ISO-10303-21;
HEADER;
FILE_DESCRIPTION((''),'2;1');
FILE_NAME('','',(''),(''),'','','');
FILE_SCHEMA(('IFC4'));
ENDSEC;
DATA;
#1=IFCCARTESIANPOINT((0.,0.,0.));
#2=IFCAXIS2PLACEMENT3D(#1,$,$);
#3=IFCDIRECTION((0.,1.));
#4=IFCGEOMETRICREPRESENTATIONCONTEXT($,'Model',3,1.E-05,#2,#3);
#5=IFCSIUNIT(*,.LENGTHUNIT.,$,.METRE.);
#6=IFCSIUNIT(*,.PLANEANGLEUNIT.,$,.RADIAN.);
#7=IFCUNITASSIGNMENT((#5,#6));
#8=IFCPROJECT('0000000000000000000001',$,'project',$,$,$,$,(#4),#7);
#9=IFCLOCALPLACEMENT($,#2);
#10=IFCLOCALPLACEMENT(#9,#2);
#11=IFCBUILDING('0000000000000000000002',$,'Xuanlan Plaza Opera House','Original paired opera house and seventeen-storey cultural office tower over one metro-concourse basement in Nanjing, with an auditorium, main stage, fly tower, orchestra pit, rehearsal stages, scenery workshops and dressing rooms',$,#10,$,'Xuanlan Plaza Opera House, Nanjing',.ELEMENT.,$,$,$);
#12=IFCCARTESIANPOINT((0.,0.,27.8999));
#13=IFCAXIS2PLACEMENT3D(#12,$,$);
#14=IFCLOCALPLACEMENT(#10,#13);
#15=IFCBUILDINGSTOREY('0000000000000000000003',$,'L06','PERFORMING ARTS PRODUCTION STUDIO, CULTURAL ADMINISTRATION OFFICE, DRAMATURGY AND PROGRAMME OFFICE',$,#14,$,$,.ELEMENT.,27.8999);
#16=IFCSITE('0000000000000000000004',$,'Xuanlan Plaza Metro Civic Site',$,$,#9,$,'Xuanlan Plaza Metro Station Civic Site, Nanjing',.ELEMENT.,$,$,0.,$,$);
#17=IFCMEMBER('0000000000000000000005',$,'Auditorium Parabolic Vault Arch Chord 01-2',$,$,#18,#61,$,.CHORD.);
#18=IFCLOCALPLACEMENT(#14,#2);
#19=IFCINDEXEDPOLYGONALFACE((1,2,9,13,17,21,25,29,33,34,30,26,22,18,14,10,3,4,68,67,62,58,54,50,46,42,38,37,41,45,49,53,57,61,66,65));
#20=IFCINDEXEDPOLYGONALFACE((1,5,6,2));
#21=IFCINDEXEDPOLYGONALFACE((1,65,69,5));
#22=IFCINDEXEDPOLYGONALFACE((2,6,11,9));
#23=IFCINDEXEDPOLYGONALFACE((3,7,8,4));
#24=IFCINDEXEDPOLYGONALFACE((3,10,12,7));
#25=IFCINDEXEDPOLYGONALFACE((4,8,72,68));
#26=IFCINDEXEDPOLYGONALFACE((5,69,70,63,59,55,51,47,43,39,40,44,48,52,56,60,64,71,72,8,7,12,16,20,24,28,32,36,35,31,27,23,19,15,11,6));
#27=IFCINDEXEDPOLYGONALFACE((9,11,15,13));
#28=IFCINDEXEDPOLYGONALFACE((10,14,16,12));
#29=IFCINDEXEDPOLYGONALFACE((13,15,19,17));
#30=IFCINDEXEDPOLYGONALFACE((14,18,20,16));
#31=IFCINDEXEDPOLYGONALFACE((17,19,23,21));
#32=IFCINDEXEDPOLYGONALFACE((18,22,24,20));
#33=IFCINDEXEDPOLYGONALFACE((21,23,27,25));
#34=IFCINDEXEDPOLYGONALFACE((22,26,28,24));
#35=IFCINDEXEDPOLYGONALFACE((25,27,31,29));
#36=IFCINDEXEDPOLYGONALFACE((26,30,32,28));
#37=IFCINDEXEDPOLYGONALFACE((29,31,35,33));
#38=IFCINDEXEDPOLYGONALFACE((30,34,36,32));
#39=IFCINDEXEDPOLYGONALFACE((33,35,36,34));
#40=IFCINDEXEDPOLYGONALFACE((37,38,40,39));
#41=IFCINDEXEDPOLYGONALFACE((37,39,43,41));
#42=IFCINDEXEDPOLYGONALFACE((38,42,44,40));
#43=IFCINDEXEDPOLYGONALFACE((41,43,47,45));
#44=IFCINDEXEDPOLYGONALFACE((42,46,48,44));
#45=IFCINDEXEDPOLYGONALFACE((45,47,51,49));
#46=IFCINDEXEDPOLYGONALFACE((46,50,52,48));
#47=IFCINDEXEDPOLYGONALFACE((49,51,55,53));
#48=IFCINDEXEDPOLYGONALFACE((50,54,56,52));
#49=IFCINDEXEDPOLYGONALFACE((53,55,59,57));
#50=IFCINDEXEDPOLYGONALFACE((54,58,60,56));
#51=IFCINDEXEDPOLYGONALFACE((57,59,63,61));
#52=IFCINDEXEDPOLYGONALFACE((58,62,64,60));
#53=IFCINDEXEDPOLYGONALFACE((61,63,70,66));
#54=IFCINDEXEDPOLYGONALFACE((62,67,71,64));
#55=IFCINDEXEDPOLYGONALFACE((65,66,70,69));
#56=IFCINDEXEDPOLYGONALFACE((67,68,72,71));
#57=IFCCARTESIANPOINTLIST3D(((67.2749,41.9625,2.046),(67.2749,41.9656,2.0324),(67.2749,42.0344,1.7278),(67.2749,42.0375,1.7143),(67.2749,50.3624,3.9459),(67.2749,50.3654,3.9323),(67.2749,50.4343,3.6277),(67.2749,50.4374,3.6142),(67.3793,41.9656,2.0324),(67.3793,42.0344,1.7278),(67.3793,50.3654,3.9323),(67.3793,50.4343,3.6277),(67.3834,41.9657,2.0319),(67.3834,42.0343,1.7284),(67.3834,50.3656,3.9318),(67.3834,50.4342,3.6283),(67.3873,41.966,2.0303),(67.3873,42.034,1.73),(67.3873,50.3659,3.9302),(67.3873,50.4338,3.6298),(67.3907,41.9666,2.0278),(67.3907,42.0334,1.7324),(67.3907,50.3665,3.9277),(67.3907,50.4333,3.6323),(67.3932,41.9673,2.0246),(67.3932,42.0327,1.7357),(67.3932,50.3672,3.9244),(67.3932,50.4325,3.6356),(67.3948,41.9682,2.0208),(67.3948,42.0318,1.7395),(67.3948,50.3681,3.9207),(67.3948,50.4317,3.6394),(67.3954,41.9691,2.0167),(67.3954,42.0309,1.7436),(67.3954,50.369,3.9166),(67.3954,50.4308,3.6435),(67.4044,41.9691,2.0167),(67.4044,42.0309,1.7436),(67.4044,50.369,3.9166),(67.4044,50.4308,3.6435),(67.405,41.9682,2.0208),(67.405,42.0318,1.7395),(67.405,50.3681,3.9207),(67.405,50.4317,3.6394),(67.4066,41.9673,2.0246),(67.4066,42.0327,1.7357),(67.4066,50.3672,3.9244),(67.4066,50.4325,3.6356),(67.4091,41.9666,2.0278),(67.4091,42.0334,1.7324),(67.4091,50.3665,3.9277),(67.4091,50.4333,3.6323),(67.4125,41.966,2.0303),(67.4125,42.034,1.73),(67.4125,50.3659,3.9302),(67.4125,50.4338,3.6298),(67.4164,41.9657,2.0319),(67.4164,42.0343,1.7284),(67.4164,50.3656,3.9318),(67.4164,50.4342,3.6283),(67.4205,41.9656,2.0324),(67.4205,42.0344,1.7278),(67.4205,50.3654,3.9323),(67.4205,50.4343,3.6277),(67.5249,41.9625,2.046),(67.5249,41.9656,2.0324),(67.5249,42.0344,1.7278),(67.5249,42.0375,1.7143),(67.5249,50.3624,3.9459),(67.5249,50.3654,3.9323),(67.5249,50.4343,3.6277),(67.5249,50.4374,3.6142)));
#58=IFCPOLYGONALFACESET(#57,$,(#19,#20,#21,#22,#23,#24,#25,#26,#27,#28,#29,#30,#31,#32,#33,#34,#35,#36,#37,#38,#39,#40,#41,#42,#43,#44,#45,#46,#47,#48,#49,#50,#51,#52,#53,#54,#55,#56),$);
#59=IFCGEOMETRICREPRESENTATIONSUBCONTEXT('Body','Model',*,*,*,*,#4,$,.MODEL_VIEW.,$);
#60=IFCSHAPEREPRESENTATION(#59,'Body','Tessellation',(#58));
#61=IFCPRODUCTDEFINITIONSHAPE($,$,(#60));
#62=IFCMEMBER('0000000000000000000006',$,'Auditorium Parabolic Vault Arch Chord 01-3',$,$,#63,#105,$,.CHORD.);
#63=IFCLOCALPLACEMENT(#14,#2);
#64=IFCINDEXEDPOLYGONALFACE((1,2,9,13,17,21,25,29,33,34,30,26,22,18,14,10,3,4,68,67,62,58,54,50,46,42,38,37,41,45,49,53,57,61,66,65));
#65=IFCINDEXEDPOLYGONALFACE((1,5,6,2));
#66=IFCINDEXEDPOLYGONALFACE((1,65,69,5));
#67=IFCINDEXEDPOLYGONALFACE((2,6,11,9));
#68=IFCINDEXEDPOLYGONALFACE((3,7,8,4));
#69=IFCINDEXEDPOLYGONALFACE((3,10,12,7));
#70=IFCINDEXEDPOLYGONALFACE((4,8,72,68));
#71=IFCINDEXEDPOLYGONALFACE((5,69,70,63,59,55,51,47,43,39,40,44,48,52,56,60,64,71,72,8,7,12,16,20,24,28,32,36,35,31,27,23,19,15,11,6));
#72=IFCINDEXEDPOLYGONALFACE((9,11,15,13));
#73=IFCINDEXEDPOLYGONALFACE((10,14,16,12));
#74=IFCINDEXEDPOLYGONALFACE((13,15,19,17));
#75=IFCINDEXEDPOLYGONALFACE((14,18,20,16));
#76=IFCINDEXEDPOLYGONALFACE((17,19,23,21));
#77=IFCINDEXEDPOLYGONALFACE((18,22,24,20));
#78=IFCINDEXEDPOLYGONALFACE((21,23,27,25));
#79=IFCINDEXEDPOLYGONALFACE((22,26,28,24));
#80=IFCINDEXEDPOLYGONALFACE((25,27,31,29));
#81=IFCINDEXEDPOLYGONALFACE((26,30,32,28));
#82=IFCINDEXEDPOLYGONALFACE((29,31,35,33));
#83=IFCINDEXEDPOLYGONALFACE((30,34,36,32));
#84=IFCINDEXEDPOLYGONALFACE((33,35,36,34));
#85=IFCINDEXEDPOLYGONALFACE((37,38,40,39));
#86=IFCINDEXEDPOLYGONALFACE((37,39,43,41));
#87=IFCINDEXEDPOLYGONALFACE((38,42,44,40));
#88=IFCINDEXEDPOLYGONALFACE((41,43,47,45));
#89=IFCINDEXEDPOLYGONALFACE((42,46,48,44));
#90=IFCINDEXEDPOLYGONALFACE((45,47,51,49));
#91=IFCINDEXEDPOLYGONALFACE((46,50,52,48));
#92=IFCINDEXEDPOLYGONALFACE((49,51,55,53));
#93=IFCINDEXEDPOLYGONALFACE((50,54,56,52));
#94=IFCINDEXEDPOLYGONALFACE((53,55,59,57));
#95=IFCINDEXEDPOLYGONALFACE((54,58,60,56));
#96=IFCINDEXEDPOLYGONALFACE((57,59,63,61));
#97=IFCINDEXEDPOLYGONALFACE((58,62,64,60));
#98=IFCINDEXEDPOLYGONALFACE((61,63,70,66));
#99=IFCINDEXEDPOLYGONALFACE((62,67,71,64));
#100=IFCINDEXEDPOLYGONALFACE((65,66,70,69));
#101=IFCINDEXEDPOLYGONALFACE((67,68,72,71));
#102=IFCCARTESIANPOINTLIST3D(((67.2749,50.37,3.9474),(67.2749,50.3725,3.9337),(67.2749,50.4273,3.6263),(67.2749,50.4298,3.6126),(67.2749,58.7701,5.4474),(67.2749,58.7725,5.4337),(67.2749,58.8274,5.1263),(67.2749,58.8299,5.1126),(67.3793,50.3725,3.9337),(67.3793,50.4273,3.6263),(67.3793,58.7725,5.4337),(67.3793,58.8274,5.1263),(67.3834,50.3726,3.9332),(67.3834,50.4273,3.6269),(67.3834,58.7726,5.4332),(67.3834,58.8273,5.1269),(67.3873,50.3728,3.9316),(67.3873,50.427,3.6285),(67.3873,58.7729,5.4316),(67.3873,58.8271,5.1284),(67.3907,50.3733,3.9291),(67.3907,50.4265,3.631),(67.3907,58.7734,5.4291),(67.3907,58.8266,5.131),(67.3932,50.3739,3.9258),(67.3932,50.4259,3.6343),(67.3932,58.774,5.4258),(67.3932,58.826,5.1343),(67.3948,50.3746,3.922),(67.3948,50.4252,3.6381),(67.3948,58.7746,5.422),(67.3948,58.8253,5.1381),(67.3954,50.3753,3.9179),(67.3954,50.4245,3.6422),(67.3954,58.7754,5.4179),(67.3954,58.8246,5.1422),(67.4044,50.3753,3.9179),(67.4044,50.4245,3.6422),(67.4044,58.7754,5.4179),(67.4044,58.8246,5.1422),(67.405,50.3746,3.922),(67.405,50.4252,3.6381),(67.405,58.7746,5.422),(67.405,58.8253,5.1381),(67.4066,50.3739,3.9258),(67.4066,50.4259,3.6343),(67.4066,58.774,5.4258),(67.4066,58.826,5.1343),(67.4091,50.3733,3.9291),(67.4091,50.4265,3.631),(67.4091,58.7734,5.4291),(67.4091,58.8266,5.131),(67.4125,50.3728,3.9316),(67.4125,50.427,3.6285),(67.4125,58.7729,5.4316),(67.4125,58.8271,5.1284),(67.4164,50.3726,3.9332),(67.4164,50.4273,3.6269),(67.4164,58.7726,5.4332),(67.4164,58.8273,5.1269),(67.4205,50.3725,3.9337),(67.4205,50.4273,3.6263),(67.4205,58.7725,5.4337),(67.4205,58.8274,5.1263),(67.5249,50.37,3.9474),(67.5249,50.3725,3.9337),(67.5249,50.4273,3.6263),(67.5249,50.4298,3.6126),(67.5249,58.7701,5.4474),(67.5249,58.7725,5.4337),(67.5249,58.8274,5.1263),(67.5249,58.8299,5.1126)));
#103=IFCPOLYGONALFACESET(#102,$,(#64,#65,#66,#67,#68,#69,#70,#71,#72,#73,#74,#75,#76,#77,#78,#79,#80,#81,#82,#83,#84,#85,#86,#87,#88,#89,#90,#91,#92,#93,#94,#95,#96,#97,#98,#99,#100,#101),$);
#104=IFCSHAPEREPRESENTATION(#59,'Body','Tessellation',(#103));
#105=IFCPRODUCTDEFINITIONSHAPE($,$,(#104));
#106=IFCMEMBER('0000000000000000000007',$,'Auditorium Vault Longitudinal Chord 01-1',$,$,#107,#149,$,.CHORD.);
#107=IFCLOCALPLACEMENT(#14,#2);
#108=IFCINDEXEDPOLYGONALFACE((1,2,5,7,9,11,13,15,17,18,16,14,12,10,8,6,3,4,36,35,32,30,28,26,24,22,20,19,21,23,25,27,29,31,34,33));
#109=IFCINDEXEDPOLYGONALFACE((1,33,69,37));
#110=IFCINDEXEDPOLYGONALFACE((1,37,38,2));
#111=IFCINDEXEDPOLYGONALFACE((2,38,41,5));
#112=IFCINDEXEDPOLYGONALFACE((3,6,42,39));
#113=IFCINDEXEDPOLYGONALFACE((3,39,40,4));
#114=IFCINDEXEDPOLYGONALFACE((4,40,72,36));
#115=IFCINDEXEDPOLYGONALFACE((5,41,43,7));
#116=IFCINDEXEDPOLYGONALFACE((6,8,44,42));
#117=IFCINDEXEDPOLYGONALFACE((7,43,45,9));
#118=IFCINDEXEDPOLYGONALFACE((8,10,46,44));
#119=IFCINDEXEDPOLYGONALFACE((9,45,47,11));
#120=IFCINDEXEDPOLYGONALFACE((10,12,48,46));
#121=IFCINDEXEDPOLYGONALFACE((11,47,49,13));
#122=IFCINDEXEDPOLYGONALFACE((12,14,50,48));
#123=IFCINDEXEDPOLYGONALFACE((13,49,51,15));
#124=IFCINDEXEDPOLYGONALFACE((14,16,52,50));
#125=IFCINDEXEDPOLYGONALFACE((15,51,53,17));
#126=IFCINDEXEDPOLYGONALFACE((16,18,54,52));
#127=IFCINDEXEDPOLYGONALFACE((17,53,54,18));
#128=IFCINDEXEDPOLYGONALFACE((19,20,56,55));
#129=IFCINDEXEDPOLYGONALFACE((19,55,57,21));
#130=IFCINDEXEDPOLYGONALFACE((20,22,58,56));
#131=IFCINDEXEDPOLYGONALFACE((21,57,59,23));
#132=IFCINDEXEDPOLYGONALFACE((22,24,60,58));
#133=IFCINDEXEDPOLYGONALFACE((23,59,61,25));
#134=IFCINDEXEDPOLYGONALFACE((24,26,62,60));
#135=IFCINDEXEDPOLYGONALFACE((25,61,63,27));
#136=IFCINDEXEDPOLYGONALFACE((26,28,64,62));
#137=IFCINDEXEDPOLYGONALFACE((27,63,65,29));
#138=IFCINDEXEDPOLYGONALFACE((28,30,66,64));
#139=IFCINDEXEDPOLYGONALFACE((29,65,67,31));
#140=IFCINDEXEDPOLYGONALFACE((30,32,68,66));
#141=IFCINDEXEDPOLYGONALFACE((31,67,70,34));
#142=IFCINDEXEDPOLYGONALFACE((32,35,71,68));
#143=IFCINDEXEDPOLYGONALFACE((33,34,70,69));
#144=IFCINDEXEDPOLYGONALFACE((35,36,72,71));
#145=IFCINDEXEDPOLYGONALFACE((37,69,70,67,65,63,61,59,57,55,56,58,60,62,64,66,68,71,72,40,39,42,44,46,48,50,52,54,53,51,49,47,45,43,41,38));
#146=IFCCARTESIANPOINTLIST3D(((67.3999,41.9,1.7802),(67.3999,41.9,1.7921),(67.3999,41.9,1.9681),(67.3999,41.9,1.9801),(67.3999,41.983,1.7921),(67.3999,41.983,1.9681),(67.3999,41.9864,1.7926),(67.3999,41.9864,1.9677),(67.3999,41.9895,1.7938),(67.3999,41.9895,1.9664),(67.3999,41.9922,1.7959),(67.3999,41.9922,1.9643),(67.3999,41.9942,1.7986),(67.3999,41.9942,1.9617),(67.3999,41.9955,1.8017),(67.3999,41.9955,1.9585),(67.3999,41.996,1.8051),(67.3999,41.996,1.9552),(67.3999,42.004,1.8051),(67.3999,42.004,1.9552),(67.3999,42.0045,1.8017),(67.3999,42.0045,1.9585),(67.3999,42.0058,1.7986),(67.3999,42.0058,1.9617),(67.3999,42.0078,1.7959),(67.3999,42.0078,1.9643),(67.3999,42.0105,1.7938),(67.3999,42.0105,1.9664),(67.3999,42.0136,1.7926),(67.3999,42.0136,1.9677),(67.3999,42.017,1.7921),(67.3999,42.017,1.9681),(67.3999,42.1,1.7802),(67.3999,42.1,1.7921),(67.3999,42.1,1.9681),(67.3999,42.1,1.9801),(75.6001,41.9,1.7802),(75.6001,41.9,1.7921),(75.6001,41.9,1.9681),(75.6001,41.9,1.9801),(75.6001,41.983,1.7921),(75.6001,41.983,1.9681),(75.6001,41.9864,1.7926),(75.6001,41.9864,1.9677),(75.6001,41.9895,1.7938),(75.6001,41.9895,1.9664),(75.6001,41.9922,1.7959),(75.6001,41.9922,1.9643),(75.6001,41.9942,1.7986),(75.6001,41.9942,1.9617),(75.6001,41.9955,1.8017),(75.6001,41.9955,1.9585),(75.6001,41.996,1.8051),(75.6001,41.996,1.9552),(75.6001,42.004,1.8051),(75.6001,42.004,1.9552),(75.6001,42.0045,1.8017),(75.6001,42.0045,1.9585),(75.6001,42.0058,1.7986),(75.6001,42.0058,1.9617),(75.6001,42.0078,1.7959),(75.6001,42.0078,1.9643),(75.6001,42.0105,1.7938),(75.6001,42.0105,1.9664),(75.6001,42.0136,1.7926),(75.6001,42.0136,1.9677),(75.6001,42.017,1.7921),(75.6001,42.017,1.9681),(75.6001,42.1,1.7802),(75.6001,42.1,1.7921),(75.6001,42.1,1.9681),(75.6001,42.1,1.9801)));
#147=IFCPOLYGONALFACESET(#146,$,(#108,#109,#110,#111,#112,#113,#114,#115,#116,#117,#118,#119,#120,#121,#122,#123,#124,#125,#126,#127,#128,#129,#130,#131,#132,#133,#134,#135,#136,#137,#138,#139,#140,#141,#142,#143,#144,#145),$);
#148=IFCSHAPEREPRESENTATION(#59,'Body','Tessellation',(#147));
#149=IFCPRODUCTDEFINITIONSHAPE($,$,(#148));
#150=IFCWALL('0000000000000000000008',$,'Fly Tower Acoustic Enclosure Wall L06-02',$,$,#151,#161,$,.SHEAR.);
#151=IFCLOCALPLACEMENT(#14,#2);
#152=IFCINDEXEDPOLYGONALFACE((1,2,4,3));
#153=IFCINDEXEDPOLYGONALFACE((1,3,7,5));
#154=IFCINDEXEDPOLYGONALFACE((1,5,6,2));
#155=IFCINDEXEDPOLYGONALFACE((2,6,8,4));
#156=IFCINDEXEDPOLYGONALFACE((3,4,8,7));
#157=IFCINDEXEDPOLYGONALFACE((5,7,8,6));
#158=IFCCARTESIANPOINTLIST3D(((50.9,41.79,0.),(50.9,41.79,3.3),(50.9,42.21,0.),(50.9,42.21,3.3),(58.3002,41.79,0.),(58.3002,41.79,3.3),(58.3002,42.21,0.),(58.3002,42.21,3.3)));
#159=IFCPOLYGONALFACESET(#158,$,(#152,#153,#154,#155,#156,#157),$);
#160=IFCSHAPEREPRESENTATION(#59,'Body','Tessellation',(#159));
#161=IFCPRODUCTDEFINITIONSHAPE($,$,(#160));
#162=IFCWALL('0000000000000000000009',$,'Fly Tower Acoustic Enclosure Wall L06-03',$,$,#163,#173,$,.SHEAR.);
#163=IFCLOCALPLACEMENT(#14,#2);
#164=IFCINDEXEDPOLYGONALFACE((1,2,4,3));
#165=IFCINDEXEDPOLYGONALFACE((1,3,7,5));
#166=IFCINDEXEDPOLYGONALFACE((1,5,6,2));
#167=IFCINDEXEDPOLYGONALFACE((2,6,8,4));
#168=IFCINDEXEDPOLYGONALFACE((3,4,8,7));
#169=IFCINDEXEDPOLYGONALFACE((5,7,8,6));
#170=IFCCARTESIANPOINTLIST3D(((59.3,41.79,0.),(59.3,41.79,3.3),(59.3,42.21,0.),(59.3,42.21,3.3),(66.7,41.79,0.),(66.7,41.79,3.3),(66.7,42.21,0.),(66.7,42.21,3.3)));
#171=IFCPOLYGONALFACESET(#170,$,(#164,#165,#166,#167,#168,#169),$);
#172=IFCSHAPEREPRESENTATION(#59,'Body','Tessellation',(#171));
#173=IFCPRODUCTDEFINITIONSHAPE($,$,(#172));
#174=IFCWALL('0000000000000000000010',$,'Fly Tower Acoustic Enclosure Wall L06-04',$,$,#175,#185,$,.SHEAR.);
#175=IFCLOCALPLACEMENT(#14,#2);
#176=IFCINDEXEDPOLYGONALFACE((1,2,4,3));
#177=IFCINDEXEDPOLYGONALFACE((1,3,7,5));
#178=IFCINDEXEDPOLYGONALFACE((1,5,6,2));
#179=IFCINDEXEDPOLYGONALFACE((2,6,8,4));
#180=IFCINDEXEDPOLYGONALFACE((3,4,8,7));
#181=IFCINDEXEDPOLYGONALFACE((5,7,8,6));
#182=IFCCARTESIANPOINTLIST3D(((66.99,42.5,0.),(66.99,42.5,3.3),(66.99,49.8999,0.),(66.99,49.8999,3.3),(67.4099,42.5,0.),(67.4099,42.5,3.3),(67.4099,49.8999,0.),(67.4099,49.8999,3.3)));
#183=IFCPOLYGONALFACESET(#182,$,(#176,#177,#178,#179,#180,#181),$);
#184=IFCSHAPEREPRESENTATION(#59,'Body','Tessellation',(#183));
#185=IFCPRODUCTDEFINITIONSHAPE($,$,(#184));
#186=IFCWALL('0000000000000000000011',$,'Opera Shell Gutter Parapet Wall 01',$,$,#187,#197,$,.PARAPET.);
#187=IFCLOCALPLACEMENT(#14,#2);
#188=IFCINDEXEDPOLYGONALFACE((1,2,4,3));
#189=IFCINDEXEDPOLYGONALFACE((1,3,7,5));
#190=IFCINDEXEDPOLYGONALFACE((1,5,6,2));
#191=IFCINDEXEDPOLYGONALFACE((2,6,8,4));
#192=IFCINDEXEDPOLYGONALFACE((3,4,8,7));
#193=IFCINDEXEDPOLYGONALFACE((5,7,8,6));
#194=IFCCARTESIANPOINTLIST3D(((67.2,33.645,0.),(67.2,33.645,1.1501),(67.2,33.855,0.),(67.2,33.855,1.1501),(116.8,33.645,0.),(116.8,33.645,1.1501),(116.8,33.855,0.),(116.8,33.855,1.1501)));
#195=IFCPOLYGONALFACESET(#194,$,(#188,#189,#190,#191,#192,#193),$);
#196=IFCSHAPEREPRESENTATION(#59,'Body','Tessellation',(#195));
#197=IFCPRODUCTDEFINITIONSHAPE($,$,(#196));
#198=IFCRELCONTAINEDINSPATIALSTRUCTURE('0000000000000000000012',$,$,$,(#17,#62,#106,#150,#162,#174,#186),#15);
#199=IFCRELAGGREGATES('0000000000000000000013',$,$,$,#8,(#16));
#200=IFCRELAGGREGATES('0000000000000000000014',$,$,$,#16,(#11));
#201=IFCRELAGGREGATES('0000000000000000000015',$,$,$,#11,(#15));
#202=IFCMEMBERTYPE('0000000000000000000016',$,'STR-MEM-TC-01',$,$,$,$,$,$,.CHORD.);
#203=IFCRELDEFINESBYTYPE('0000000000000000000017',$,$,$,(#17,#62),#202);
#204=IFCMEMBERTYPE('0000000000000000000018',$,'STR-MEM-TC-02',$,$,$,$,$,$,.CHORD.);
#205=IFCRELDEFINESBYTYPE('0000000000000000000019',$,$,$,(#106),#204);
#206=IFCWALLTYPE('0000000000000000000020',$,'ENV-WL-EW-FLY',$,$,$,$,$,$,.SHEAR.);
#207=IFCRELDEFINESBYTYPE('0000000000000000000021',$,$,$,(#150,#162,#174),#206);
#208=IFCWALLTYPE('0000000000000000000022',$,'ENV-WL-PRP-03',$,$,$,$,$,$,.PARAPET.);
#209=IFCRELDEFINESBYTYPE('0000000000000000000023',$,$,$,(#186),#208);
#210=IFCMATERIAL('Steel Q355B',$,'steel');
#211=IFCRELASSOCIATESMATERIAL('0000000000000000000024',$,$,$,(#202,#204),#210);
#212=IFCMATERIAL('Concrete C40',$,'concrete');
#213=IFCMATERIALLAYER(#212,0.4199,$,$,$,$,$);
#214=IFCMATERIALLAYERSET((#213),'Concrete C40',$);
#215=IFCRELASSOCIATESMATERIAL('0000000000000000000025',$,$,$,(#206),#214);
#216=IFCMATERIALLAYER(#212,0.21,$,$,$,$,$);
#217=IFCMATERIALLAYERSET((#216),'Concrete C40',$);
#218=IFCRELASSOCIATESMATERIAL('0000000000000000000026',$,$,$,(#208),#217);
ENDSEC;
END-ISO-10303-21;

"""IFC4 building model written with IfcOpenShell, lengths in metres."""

from ifc_helpers import new_model, si_unit, direction, frame, frame_2d, origin, origin_2d, place, context, subcontext, project, spatial, rectangle, i_section, extrude, material, layer, layer_set, material_profile, profile_set, type_object, element, save


model = new_model("IFC4")

# Units and contexts
model_context = context("Model", 3, precision=1e-05, world=origin(), true_north=direction((0.0, 1.0)))
body_context = subcontext(model_context, "Body", "Model", "MODEL_VIEW")
ifc_project = project(units=[si_unit("LENGTHUNIT", "METRE"), si_unit("PLANEANGLEUNIT", "RADIAN")], contexts=[model_context])

# Site, building, storey
site_placement = place(None, origin())
site = spatial("IfcSite", under=ifc_project, at=site_placement, Name="Xuanlan Plaza Metro Civic Site", LongName="Xuanlan Plaza Metro Station Civic Site, Nanjing", CompositionType="ELEMENT", RefElevation=0.0)
building_placement = place(site_placement, origin())
building = spatial("IfcBuilding", under=site, at=building_placement, Name="Xuanlan Plaza Opera House", Description="Original paired opera house and seventeen-storey cultural office tower over one metro-concourse basement in Nanjing, with an auditorium, main stage, fly tower, orchestra pit, rehearsal stages, scenery workshops and dressing rooms", LongName="Xuanlan Plaza Opera House, Nanjing", CompositionType="ELEMENT")
storey_placement = place(building_placement, frame((0.0, 0.0, 27.8999)))
storey = spatial("IfcBuildingStorey", under=building, at=storey_placement, Name="L06", Description="PERFORMING ARTS PRODUCTION STUDIO, CULTURAL ADMINISTRATION OFFICE, DRAMATURGY AND PROGRAMME OFFICE", CompositionType="ELEMENT", Elevation=27.8999)

# Shared definitions
ifc_material_1 = material(Name="Concrete C40", Category="concrete")

# Members
ifc_material_2 = material(Name="Steel Q355B", Category="steel")
ifc_material_profile_1 = material_profile(ifc_material_2, i_section(OverallWidth=0.25, OverallDepth=0.3401, WebThickness=0.009, FlangeThickness=0.0139, FilletRadius=0.0161, at=origin_2d()), Name="HM 340x250x9x14")
ifc_profile_set_1 = profile_set([ifc_material_profile_1], Name="Steel Q355B")
member_type_1 = type_object("IfcMemberType", Name="STR-MEM-TC-01", PredefinedType="CHORD", material=ifc_profile_set_1)
member_1_placement = place(storey_placement, frame((67.3999, 42.0, 1.8801), z_axis=(0.0, 0.975362, 0.220609), x_axis=(-1.0, 0.0, 0.0)))
element("IfcMember", 1, at=member_1_placement, inside=storey, type_object=member_type_1, Name="Auditorium Parabolic Vault Arch Chord 01-2", PredefinedType="CHORD", context=body_context, shape_type="SweptSolid", body=[
    extrude(i_section(OverallWidth=0.25, OverallDepth=0.3401, WebThickness=0.009, FlangeThickness=0.0139, FilletRadius=0.0161, at=origin_2d()), origin(), (0.0, 0.0, 1.0), 8.6121),
])
member_2_placement = place(storey_placement, frame((67.3999, 50.3999, 3.78), z_axis=(0.0, 0.984428, 0.175788), x_axis=(-1.0, 0.0, 0.0)))
element("IfcMember", 2, at=member_2_placement, inside=storey, type_object=member_type_1, Name="Auditorium Parabolic Vault Arch Chord 01-3", PredefinedType="CHORD", context=body_context, shape_type="SweptSolid", body=[
    extrude(i_section(OverallWidth=0.25, OverallDepth=0.3401, WebThickness=0.009, FlangeThickness=0.0139, FilletRadius=0.0161, at=origin_2d()), origin(), (0.0, 0.0, 1.0), 8.533),
])
ifc_material_profile_2 = material_profile(ifc_material_2, i_section(OverallWidth=0.2, OverallDepth=0.2, WebThickness=0.0081, FlangeThickness=0.012, FilletRadius=0.0129, at=origin_2d()), Name="HW 200x200x8x12")
ifc_profile_set_2 = profile_set([ifc_material_profile_2], Name="Steel Q355B")
member_type_2 = type_object("IfcMemberType", Name="STR-MEM-TC-02", PredefinedType="CHORD", material=ifc_profile_set_2)
member_3_placement = place(storey_placement, frame((67.3999, 42.0, 1.8801), z_axis=(1.0, 0.0, 0.0), x_axis=(0.0, 1.0, 0.0)))
element("IfcMember", 3, at=member_3_placement, inside=storey, type_object=member_type_2, Name="Auditorium Vault Longitudinal Chord 01-1", PredefinedType="CHORD", context=body_context, shape_type="SweptSolid", body=[
    extrude(i_section(OverallWidth=0.2, OverallDepth=0.2, WebThickness=0.0081, FlangeThickness=0.012, FilletRadius=0.0129, at=origin_2d()), origin(), (0.0, 0.0, 1.0), 8.2002),
])

# Walls
ifc_layer_1 = layer(ifc_material_1, 0.4199)
ifc_layer_set_1 = layer_set([ifc_layer_1], Name="Concrete C40")
wall_type_1 = type_object("IfcWallType", Name="ENV-WL-EW-FLY", PredefinedType="SHEAR", material=ifc_layer_set_1)
wall_1_placement = place(storey_placement, frame((50.8999, 42.0, 0.0), z_axis=(0.0, 0.0, 1.0), x_axis=(1.0, 0.0, 0.0)))
element("IfcWall", 4, at=wall_1_placement, inside=storey, type_object=wall_type_1, Name="Fly Tower Acoustic Enclosure Wall L06-02", PredefinedType="SHEAR", context=body_context, shape_type="SweptSolid", body=[
    extrude(rectangle(XDim=7.4001, YDim=0.4199, at=frame_2d((3.7002, 0.0))), origin(), (0.0, 0.0, 1.0), 3.3),
])
for number, where, z_axis, x_axis, name in (
    (5, (59.3, 42.0, 0.0), (0.0, 0.0, 1.0), (1.0, 0.0, 0.0), "Fly Tower Acoustic Enclosure Wall L06-03"),
    (6, (67.2, 42.5, 0.0), (0.0, 0.0, 1.0), (0.0, 1.0, 0.0), "Fly Tower Acoustic Enclosure Wall L06-04"),
):
    element("IfcWall", number, at=place(storey_placement, frame(where, z_axis=z_axis, x_axis=x_axis)), inside=storey, type_object=wall_type_1, Name=name, PredefinedType="SHEAR", context=body_context, shape_type="SweptSolid", body=[
        extrude(rectangle(XDim=7.3999, YDim=0.4199, at=frame_2d((3.7, 0.0))), origin(), (0.0, 0.0, 1.0), 3.3),
    ])
ifc_layer_2 = layer(ifc_material_1, 0.21)
ifc_layer_set_2 = layer_set([ifc_layer_2], Name="Concrete C40")
wall_type_2 = type_object("IfcWallType", Name="ENV-WL-PRP-03", PredefinedType="PARAPET", material=ifc_layer_set_2)
wall_2_placement = place(storey_placement, frame((67.2, 33.75, 0.0), z_axis=(0.0, 0.0, 1.0), x_axis=(1.0, 0.0, 0.0)))
element("IfcWall", 7, at=wall_2_placement, inside=storey, type_object=wall_type_2, Name="Opera Shell Gutter Parapet Wall 01", PredefinedType="PARAPET", context=body_context, shape_type="SweptSolid", body=[
    extrude(rectangle(XDim=49.6001, YDim=0.21, at=frame_2d((24.8, 0.0))), origin(), (0.0, 0.0, 1.0), 1.1501),
])

save(model, "model.ifc")
